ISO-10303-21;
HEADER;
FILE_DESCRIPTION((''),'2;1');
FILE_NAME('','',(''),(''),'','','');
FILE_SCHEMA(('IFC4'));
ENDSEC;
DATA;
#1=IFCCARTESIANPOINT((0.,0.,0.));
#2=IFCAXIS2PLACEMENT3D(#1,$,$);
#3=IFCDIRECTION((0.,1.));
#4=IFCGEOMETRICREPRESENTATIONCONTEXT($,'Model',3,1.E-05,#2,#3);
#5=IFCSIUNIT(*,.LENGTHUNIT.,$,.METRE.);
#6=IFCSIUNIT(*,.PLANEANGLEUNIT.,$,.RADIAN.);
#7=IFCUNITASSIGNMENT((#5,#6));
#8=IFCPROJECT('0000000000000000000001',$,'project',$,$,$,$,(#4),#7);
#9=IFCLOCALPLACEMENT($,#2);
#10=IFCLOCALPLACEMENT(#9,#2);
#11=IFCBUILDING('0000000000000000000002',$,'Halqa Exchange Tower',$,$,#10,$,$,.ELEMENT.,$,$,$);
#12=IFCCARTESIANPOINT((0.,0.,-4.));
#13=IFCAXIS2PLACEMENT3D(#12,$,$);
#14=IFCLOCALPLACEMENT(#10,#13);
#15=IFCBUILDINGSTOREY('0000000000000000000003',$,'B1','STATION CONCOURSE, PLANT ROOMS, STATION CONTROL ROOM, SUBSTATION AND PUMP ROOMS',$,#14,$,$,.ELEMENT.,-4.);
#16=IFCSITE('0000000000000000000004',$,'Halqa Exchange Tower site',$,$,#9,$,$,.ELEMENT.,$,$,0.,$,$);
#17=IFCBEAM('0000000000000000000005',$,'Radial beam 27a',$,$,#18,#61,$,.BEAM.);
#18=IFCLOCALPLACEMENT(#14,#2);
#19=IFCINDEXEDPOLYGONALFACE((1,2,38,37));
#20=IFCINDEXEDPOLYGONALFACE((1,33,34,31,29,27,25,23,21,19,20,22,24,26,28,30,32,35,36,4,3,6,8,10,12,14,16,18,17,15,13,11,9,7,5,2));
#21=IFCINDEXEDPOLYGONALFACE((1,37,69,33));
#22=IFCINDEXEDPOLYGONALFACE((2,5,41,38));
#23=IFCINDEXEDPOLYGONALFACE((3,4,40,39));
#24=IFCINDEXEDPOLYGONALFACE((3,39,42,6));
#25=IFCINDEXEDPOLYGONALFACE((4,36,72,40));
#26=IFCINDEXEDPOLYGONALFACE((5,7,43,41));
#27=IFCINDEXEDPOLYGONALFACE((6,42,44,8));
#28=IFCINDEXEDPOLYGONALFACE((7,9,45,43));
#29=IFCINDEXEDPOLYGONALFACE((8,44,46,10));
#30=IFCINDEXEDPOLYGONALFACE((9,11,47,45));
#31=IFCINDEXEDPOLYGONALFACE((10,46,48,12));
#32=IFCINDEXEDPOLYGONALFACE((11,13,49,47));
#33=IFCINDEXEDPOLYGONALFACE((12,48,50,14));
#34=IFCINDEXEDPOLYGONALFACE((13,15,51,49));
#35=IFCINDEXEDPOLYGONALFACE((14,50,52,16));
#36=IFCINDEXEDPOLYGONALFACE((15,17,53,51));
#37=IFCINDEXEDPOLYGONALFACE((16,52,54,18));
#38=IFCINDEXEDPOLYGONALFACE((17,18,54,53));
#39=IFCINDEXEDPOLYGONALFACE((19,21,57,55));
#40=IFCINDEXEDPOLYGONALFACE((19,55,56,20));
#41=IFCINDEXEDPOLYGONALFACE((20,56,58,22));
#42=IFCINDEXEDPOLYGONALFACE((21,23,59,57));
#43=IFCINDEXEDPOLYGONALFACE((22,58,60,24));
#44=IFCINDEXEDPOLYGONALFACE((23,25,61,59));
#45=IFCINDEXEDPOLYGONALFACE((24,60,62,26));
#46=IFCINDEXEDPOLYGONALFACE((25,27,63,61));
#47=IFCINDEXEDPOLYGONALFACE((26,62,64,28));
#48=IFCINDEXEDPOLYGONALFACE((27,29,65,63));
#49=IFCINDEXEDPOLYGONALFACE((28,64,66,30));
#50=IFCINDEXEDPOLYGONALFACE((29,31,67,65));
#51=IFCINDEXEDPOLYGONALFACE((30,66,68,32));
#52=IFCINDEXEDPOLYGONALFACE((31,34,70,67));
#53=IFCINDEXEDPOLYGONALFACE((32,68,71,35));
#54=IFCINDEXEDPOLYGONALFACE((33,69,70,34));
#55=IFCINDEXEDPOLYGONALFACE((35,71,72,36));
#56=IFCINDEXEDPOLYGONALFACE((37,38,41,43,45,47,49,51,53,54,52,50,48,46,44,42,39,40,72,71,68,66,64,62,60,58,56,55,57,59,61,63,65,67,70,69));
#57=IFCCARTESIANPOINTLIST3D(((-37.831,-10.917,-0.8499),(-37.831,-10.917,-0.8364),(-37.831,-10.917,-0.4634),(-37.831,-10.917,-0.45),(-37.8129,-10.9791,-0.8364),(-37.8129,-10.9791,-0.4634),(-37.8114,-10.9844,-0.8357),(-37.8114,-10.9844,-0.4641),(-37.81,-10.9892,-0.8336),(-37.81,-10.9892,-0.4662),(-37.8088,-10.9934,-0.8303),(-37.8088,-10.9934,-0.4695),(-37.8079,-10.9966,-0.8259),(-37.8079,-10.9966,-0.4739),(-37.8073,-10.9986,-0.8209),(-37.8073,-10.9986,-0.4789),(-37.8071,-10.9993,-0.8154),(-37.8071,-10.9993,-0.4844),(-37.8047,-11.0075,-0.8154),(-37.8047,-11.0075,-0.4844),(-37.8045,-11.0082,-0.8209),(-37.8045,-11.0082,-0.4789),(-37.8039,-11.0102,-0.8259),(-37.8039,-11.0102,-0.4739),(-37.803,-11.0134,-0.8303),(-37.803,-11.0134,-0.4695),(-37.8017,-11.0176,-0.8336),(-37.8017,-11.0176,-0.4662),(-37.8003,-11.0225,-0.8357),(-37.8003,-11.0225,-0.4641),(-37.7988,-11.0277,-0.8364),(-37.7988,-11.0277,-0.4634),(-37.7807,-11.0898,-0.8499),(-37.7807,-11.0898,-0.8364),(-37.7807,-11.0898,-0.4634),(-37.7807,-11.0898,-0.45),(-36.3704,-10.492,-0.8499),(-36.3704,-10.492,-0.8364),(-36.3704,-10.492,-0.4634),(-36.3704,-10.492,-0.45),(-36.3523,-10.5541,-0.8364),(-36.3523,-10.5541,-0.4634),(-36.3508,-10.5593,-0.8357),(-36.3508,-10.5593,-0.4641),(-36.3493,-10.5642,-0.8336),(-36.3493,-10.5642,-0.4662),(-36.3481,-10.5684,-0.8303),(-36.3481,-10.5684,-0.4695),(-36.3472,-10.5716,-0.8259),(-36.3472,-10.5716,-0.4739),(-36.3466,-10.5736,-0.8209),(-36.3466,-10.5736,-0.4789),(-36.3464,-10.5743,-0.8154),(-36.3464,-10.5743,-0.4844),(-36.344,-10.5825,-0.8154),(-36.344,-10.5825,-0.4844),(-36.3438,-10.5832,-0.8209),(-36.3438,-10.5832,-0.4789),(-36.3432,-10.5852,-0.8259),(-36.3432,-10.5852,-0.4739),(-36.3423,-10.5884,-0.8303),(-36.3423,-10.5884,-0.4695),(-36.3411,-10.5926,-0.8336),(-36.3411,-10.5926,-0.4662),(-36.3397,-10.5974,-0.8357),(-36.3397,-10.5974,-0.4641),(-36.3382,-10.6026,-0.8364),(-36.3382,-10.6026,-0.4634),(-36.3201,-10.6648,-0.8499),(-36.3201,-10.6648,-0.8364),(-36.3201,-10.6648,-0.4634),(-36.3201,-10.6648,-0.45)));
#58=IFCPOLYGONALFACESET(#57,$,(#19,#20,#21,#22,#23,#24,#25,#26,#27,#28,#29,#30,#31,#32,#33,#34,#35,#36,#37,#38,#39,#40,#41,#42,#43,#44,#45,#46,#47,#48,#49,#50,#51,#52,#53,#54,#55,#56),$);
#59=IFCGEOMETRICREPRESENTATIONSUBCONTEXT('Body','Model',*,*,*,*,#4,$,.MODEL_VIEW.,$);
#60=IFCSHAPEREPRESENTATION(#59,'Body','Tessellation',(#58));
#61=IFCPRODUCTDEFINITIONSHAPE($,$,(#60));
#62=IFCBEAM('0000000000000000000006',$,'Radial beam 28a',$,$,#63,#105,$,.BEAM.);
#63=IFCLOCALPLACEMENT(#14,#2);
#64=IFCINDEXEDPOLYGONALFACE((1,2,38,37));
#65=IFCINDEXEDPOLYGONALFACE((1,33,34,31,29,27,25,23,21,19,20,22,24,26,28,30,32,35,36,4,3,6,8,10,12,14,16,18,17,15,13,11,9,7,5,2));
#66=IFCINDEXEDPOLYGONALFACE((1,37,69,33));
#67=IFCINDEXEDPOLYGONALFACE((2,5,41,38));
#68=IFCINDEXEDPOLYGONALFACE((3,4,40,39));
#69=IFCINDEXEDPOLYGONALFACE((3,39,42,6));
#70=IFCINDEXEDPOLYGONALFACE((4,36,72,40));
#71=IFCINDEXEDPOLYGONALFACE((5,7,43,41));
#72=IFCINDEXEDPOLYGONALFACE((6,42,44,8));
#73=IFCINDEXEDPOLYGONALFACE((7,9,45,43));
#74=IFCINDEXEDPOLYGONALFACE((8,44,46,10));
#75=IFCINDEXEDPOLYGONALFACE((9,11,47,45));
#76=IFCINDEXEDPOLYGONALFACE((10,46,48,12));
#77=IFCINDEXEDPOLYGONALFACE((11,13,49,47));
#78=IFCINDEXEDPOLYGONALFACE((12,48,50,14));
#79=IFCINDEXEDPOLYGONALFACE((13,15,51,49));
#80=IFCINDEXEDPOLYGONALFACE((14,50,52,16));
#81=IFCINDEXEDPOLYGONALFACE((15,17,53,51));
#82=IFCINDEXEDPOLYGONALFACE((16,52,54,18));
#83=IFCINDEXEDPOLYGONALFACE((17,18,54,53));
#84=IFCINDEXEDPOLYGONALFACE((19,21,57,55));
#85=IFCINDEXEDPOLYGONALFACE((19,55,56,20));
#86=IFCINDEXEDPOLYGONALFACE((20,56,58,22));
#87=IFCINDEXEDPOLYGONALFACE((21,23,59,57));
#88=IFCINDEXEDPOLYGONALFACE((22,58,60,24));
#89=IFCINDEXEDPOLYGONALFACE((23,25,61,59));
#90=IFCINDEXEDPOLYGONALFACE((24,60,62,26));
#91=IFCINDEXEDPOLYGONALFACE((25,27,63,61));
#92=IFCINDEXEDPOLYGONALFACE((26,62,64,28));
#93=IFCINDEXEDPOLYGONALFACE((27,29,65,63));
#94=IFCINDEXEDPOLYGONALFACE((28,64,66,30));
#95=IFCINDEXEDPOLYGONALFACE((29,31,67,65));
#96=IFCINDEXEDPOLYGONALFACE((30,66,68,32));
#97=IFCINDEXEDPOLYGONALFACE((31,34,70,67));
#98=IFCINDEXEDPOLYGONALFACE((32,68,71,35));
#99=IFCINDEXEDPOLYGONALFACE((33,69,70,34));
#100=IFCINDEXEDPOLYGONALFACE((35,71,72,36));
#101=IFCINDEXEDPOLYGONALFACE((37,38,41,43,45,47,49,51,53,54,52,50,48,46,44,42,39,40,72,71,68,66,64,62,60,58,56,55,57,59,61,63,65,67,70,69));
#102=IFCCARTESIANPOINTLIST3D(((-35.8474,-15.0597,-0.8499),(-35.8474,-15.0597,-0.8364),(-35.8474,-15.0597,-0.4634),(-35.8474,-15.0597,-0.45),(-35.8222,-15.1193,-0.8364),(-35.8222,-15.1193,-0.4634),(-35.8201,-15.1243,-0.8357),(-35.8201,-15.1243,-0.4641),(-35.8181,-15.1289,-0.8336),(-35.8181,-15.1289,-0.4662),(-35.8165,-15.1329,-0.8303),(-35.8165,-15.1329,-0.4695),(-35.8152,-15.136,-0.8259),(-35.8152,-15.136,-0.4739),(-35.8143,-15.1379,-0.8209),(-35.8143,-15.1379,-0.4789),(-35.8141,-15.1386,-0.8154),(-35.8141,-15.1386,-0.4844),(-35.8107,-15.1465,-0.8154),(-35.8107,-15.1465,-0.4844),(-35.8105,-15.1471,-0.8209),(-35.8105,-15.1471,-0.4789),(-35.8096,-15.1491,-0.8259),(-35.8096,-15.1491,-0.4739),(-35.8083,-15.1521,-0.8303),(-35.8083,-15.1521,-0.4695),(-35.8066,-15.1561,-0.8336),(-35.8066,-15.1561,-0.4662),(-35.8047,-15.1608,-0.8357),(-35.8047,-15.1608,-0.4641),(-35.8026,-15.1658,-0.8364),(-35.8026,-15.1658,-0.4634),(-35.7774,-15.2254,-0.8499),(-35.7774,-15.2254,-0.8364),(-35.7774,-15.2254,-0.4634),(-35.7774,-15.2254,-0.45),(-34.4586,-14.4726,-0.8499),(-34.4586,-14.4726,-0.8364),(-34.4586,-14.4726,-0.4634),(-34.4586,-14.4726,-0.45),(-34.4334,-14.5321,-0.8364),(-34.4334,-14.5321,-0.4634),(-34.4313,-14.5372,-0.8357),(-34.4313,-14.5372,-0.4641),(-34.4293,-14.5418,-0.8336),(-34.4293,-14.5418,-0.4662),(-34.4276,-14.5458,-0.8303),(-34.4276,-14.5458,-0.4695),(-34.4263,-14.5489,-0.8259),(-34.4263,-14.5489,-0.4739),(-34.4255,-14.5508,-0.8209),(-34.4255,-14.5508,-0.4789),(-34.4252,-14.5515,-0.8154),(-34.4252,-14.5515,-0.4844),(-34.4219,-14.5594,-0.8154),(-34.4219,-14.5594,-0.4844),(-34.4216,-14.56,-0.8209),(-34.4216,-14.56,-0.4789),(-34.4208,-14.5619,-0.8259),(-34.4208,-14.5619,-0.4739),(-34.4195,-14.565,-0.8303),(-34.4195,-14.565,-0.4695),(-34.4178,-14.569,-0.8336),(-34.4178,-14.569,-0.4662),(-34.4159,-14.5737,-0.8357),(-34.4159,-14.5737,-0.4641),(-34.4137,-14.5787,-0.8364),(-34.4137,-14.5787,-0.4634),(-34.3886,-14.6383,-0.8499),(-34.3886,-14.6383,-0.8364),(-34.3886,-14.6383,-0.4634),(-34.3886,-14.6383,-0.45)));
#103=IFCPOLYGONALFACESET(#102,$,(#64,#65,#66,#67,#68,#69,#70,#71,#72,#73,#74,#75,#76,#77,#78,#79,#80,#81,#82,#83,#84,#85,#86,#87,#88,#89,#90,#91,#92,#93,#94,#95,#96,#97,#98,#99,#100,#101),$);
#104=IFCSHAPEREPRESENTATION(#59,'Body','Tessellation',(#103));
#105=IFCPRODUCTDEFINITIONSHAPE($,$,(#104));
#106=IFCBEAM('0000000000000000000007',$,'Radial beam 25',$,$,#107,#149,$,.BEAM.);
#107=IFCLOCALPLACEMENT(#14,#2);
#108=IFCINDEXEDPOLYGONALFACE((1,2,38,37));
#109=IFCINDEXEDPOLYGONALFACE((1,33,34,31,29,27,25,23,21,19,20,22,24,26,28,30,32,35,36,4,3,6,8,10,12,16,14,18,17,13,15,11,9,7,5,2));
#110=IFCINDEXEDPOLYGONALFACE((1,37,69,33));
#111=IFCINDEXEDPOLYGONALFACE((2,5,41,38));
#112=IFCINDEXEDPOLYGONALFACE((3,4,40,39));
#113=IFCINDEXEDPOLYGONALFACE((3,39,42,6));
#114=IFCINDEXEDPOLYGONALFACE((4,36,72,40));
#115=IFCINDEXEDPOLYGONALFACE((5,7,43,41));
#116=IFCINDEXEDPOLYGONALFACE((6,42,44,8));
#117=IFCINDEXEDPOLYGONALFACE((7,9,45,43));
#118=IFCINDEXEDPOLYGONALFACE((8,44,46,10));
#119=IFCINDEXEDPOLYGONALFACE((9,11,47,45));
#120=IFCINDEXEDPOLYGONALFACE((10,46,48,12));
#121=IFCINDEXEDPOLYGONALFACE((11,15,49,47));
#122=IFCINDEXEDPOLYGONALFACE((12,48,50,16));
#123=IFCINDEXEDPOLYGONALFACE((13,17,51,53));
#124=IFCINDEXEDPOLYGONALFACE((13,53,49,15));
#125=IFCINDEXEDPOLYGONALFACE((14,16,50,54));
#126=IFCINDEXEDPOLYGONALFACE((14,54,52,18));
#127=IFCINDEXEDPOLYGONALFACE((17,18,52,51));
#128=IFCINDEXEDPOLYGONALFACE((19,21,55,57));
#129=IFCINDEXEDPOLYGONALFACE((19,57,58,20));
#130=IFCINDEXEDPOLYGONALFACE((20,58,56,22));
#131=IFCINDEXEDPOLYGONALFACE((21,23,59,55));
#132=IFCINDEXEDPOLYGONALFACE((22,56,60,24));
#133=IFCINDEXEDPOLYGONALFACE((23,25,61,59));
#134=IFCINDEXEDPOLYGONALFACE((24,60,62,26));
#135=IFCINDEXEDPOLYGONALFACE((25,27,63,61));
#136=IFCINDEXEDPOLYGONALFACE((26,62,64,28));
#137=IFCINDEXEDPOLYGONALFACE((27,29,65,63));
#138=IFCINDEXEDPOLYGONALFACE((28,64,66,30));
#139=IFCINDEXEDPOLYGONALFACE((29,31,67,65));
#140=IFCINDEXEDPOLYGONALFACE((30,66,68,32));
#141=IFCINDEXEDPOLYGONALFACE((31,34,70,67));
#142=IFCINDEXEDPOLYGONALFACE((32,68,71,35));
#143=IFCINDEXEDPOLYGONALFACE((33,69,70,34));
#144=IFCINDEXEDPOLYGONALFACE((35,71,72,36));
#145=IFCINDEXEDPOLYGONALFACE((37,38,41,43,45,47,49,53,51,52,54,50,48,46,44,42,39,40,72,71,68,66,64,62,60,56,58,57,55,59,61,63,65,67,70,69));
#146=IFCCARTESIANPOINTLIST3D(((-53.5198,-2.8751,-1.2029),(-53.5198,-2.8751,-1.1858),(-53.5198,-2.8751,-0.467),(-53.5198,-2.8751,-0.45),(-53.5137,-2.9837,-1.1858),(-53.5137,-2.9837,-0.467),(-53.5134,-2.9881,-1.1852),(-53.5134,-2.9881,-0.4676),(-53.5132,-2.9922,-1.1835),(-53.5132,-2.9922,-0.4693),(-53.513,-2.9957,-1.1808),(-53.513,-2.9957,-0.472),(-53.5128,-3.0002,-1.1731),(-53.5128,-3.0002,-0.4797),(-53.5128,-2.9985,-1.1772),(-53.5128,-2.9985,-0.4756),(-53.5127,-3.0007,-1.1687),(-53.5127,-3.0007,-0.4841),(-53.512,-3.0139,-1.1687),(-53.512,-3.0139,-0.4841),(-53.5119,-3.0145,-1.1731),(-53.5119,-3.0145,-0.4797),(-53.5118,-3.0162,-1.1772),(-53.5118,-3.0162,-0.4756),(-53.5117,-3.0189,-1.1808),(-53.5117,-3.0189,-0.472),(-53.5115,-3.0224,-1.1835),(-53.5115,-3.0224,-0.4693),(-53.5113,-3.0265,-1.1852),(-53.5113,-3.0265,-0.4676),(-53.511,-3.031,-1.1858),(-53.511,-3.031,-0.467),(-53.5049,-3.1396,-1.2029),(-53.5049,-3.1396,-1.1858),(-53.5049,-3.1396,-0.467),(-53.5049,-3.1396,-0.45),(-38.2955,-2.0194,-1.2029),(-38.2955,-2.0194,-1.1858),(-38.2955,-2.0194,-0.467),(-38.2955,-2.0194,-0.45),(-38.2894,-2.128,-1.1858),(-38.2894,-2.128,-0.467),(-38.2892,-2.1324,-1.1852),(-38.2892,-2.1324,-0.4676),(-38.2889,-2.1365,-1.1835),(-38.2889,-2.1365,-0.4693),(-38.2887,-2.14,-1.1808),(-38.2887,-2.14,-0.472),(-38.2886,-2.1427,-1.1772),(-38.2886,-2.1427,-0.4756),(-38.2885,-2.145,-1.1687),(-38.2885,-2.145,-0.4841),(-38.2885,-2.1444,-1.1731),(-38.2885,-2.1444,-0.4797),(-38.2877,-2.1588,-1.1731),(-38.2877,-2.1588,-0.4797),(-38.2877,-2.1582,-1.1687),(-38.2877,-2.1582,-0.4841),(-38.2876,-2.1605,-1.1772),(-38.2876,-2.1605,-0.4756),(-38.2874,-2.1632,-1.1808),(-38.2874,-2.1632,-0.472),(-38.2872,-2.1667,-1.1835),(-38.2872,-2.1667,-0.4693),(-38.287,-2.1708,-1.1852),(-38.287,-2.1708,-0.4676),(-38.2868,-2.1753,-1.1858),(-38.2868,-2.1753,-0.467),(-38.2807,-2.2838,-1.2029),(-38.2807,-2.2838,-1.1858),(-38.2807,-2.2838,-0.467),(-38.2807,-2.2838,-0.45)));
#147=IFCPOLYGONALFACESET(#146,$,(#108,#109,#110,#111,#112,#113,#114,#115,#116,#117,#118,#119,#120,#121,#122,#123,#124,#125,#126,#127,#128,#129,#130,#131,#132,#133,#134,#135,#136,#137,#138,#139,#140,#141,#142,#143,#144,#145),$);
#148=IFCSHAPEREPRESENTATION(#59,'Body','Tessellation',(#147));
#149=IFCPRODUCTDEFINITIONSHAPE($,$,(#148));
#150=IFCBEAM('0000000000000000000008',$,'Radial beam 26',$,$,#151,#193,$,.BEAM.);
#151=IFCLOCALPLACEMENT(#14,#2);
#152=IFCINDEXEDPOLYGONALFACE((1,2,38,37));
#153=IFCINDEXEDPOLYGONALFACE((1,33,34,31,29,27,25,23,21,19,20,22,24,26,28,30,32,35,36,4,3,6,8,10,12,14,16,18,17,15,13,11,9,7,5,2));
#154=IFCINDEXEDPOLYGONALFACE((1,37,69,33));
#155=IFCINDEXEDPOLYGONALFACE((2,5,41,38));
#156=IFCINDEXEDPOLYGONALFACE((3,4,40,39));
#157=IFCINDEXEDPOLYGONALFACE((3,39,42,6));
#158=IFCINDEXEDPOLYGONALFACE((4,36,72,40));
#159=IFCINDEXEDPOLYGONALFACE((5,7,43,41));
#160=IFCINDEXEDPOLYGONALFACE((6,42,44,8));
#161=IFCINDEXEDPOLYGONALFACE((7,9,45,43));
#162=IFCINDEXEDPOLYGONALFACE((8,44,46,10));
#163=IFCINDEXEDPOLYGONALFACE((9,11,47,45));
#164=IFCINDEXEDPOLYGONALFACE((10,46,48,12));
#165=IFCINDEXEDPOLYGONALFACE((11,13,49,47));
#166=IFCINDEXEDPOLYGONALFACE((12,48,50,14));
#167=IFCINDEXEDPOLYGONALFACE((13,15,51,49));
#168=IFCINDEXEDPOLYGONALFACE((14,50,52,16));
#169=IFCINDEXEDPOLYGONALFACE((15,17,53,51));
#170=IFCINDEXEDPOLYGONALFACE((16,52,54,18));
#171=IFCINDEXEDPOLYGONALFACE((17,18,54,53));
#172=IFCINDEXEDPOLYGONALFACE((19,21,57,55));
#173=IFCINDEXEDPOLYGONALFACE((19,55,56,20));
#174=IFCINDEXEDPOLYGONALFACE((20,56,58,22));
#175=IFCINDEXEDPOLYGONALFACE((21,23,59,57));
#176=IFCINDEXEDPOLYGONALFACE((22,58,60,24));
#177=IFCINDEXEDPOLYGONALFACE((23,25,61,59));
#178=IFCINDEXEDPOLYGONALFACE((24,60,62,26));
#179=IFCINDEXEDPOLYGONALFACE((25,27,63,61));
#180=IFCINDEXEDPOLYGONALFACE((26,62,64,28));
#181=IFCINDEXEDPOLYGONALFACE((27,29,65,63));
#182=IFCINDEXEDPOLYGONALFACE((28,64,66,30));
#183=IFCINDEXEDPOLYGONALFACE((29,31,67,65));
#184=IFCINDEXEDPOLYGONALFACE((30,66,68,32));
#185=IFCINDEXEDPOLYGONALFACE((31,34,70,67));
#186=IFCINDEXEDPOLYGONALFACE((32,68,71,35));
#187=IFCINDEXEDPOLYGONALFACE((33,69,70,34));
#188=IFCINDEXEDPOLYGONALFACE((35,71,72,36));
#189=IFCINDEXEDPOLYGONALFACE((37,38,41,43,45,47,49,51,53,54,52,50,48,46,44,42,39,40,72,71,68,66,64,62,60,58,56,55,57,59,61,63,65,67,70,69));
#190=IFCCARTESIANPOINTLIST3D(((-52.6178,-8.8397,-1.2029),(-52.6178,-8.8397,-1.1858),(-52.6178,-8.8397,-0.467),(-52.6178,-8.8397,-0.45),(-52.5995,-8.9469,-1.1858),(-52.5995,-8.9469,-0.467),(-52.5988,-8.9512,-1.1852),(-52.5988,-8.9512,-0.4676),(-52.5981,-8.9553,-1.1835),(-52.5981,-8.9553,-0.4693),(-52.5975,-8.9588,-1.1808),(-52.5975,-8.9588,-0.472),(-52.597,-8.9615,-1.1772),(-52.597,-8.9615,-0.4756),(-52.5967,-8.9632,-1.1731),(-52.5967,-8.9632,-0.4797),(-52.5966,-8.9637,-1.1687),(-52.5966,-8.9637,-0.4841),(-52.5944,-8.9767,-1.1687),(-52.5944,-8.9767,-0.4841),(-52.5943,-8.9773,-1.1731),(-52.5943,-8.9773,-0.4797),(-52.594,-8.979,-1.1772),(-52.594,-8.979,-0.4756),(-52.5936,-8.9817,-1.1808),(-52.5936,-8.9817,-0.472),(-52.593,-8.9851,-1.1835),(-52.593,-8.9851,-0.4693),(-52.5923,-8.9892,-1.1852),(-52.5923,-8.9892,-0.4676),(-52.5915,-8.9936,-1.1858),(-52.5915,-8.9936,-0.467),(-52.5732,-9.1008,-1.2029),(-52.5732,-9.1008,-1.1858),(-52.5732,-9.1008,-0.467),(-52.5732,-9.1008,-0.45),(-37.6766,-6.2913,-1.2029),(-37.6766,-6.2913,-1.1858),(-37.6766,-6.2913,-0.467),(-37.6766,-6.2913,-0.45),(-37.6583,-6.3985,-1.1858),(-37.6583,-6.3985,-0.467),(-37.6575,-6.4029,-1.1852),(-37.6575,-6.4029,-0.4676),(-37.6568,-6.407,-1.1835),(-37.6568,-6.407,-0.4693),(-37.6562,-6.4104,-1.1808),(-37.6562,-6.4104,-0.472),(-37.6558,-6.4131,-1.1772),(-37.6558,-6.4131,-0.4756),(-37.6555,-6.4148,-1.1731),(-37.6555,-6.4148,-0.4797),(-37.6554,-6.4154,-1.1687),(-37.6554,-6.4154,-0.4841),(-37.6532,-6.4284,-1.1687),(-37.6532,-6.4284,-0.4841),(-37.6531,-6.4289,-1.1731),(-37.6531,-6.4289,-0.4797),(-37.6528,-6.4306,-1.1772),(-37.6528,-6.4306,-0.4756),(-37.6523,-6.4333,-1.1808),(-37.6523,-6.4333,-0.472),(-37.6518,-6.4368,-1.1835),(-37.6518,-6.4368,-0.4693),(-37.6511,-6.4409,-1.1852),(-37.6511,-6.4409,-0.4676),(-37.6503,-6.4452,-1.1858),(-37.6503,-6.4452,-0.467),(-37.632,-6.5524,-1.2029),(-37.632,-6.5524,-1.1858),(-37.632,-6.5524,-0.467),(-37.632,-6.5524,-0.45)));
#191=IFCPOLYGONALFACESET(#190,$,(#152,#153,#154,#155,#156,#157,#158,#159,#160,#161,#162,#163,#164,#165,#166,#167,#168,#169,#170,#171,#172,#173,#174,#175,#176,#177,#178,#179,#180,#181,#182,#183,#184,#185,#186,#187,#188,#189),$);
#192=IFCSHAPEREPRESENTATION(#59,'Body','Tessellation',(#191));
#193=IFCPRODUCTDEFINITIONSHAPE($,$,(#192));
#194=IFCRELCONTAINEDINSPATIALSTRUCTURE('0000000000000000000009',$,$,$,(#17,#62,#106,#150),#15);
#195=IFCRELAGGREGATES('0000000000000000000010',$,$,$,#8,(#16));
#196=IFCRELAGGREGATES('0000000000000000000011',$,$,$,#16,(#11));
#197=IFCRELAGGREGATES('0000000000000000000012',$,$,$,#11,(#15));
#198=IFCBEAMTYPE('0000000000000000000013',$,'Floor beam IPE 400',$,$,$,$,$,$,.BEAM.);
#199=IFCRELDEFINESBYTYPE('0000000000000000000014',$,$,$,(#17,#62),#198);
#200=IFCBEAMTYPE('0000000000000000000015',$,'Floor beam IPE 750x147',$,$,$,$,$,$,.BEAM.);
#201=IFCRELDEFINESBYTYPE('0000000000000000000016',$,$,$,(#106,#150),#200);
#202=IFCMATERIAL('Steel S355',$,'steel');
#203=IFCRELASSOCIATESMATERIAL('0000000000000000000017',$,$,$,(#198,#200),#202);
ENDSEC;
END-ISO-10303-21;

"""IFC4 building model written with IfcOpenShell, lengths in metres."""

from ifc_helpers import new_model, si_unit, direction, frame, origin, origin_2d, place, context, subcontext, project, spatial, i_section, extrude, material, material_profile, profile_set, type_object, element, save


model = new_model("IFC4")

# Units and contexts
model_context = context("Model", 3, precision=1e-05, world=origin(), true_north=direction((0.0, 1.0)))
body_context = subcontext(model_context, "Body", "Model", "MODEL_VIEW")
ifc_project = project(units=[si_unit("LENGTHUNIT", "METRE"), si_unit("PLANEANGLEUNIT", "RADIAN")], contexts=[model_context])

# Site, building, storey
site_placement = place(None, origin())
site = spatial("IfcSite", under=ifc_project, at=site_placement, Name="Halqa Exchange Tower site", CompositionType="ELEMENT", RefElevation=0.0)
building_placement = place(site_placement, origin())
building = spatial("IfcBuilding", under=site, at=building_placement, Name="Halqa Exchange Tower", CompositionType="ELEMENT")
storey_placement = place(building_placement, frame((0.0, 0.0, -4.0)))
storey = spatial("IfcBuildingStorey", under=building, at=storey_placement, Name="B1", Description="STATION CONCOURSE, PLANT ROOMS, STATION CONTROL ROOM, SUBSTATION AND PUMP ROOMS", CompositionType="ELEMENT", Elevation=-4.0)

# Beams
ifc_material_1 = material(Name="Steel S355", Category="steel")
ifc_material_profile_1 = material_profile(ifc_material_1, i_section(OverallWidth=0.1799, OverallDepth=0.3999, WebThickness=0.0085, FlangeThickness=0.0134, FilletRadius=0.021, at=origin_2d()), Name="IPE 400")
ifc_profile_set_1 = profile_set([ifc_material_profile_1], Name="Steel S355")
beam_type_1 = type_object("IfcBeamType", Name="Floor beam IPE 400", PredefinedType="BEAM", material=ifc_profile_set_1)
beam_1_placement = place(storey_placement, frame((-36.3452, -10.5784, -0.6499), z_axis=(-0.960174, -0.279402, 0.0), x_axis=(0.279402, -0.960174, 0.0)))
element("IfcBeam", 1, at=beam_1_placement, inside=storey, type_object=beam_type_1, Name="Radial beam 27a", PredefinedType="BEAM", context=body_context, shape_type="SweptSolid", body=[
    extrude(i_section(OverallWidth=0.1799, OverallDepth=0.3999, WebThickness=0.0085, FlangeThickness=0.0134, FilletRadius=0.021, at=origin_2d()), origin(), (0.0, 0.0, 1.0), 1.5212),
])
beam_2_placement = place(storey_placement, frame((-34.4236, -14.5554, -0.6499), z_axis=(-0.921077, -0.389381, 0.0), x_axis=(0.389381, -0.921077, 0.0)))
element("IfcBeam", 2, at=beam_2_placement, inside=storey, type_object=beam_type_1, Name="Radial beam 28a", PredefinedType="BEAM", context=body_context, shape_type="SweptSolid", body=[
    extrude(i_section(OverallWidth=0.1799, OverallDepth=0.3999, WebThickness=0.0085, FlangeThickness=0.0134, FilletRadius=0.021, at=origin_2d()), origin(), (0.0, 0.0, 1.0), 1.5078),
])
ifc_material_profile_2 = material_profile(ifc_material_1, i_section(OverallWidth=0.2649, OverallDepth=0.7529, WebThickness=0.0132, FlangeThickness=0.0171, FilletRadius=0.0171, at=origin_2d()), Name="IPE 750x147")
ifc_profile_set_2 = profile_set([ifc_material_profile_2], Name="Steel S355")
beam_type_2 = type_object("IfcBeamType", Name="Floor beam IPE 750x147", PredefinedType="BEAM", material=ifc_profile_set_2)
beam_3_placement = place(storey_placement, frame((-38.2881, -2.1516, -0.8264), z_axis=(-0.998424, -0.056118, 0.0), x_axis=(0.056118, -0.998424, 0.0)))
element("IfcBeam", 3, at=beam_3_placement, inside=storey, type_object=beam_type_2, Name="Radial beam 25", PredefinedType="BEAM", context=body_context, shape_type="SweptSolid", body=[
    extrude(i_section(OverallWidth=0.2649, OverallDepth=0.7529, WebThickness=0.0132, FlangeThickness=0.0171, FilletRadius=0.0171, at=origin_2d()), origin(), (0.0, 0.0, 1.0), 15.2483),
])
beam_4_placement = place(storey_placement, frame((-37.6543, -6.4219, -0.8264), z_axis=(-0.985765, -0.16813, 0.0), x_axis=(0.16813, -0.985765, 0.0)))
element("IfcBeam", 4, at=beam_4_placement, inside=storey, type_object=beam_type_2, Name="Radial beam 26", PredefinedType="BEAM", context=body_context, shape_type="SweptSolid", body=[
    extrude(i_section(OverallWidth=0.2649, OverallDepth=0.7529, WebThickness=0.0132, FlangeThickness=0.0171, FilletRadius=0.0171, at=origin_2d()), origin(), (0.0, 0.0, 1.0), 15.157),
])

save(model, "model.ifc")
